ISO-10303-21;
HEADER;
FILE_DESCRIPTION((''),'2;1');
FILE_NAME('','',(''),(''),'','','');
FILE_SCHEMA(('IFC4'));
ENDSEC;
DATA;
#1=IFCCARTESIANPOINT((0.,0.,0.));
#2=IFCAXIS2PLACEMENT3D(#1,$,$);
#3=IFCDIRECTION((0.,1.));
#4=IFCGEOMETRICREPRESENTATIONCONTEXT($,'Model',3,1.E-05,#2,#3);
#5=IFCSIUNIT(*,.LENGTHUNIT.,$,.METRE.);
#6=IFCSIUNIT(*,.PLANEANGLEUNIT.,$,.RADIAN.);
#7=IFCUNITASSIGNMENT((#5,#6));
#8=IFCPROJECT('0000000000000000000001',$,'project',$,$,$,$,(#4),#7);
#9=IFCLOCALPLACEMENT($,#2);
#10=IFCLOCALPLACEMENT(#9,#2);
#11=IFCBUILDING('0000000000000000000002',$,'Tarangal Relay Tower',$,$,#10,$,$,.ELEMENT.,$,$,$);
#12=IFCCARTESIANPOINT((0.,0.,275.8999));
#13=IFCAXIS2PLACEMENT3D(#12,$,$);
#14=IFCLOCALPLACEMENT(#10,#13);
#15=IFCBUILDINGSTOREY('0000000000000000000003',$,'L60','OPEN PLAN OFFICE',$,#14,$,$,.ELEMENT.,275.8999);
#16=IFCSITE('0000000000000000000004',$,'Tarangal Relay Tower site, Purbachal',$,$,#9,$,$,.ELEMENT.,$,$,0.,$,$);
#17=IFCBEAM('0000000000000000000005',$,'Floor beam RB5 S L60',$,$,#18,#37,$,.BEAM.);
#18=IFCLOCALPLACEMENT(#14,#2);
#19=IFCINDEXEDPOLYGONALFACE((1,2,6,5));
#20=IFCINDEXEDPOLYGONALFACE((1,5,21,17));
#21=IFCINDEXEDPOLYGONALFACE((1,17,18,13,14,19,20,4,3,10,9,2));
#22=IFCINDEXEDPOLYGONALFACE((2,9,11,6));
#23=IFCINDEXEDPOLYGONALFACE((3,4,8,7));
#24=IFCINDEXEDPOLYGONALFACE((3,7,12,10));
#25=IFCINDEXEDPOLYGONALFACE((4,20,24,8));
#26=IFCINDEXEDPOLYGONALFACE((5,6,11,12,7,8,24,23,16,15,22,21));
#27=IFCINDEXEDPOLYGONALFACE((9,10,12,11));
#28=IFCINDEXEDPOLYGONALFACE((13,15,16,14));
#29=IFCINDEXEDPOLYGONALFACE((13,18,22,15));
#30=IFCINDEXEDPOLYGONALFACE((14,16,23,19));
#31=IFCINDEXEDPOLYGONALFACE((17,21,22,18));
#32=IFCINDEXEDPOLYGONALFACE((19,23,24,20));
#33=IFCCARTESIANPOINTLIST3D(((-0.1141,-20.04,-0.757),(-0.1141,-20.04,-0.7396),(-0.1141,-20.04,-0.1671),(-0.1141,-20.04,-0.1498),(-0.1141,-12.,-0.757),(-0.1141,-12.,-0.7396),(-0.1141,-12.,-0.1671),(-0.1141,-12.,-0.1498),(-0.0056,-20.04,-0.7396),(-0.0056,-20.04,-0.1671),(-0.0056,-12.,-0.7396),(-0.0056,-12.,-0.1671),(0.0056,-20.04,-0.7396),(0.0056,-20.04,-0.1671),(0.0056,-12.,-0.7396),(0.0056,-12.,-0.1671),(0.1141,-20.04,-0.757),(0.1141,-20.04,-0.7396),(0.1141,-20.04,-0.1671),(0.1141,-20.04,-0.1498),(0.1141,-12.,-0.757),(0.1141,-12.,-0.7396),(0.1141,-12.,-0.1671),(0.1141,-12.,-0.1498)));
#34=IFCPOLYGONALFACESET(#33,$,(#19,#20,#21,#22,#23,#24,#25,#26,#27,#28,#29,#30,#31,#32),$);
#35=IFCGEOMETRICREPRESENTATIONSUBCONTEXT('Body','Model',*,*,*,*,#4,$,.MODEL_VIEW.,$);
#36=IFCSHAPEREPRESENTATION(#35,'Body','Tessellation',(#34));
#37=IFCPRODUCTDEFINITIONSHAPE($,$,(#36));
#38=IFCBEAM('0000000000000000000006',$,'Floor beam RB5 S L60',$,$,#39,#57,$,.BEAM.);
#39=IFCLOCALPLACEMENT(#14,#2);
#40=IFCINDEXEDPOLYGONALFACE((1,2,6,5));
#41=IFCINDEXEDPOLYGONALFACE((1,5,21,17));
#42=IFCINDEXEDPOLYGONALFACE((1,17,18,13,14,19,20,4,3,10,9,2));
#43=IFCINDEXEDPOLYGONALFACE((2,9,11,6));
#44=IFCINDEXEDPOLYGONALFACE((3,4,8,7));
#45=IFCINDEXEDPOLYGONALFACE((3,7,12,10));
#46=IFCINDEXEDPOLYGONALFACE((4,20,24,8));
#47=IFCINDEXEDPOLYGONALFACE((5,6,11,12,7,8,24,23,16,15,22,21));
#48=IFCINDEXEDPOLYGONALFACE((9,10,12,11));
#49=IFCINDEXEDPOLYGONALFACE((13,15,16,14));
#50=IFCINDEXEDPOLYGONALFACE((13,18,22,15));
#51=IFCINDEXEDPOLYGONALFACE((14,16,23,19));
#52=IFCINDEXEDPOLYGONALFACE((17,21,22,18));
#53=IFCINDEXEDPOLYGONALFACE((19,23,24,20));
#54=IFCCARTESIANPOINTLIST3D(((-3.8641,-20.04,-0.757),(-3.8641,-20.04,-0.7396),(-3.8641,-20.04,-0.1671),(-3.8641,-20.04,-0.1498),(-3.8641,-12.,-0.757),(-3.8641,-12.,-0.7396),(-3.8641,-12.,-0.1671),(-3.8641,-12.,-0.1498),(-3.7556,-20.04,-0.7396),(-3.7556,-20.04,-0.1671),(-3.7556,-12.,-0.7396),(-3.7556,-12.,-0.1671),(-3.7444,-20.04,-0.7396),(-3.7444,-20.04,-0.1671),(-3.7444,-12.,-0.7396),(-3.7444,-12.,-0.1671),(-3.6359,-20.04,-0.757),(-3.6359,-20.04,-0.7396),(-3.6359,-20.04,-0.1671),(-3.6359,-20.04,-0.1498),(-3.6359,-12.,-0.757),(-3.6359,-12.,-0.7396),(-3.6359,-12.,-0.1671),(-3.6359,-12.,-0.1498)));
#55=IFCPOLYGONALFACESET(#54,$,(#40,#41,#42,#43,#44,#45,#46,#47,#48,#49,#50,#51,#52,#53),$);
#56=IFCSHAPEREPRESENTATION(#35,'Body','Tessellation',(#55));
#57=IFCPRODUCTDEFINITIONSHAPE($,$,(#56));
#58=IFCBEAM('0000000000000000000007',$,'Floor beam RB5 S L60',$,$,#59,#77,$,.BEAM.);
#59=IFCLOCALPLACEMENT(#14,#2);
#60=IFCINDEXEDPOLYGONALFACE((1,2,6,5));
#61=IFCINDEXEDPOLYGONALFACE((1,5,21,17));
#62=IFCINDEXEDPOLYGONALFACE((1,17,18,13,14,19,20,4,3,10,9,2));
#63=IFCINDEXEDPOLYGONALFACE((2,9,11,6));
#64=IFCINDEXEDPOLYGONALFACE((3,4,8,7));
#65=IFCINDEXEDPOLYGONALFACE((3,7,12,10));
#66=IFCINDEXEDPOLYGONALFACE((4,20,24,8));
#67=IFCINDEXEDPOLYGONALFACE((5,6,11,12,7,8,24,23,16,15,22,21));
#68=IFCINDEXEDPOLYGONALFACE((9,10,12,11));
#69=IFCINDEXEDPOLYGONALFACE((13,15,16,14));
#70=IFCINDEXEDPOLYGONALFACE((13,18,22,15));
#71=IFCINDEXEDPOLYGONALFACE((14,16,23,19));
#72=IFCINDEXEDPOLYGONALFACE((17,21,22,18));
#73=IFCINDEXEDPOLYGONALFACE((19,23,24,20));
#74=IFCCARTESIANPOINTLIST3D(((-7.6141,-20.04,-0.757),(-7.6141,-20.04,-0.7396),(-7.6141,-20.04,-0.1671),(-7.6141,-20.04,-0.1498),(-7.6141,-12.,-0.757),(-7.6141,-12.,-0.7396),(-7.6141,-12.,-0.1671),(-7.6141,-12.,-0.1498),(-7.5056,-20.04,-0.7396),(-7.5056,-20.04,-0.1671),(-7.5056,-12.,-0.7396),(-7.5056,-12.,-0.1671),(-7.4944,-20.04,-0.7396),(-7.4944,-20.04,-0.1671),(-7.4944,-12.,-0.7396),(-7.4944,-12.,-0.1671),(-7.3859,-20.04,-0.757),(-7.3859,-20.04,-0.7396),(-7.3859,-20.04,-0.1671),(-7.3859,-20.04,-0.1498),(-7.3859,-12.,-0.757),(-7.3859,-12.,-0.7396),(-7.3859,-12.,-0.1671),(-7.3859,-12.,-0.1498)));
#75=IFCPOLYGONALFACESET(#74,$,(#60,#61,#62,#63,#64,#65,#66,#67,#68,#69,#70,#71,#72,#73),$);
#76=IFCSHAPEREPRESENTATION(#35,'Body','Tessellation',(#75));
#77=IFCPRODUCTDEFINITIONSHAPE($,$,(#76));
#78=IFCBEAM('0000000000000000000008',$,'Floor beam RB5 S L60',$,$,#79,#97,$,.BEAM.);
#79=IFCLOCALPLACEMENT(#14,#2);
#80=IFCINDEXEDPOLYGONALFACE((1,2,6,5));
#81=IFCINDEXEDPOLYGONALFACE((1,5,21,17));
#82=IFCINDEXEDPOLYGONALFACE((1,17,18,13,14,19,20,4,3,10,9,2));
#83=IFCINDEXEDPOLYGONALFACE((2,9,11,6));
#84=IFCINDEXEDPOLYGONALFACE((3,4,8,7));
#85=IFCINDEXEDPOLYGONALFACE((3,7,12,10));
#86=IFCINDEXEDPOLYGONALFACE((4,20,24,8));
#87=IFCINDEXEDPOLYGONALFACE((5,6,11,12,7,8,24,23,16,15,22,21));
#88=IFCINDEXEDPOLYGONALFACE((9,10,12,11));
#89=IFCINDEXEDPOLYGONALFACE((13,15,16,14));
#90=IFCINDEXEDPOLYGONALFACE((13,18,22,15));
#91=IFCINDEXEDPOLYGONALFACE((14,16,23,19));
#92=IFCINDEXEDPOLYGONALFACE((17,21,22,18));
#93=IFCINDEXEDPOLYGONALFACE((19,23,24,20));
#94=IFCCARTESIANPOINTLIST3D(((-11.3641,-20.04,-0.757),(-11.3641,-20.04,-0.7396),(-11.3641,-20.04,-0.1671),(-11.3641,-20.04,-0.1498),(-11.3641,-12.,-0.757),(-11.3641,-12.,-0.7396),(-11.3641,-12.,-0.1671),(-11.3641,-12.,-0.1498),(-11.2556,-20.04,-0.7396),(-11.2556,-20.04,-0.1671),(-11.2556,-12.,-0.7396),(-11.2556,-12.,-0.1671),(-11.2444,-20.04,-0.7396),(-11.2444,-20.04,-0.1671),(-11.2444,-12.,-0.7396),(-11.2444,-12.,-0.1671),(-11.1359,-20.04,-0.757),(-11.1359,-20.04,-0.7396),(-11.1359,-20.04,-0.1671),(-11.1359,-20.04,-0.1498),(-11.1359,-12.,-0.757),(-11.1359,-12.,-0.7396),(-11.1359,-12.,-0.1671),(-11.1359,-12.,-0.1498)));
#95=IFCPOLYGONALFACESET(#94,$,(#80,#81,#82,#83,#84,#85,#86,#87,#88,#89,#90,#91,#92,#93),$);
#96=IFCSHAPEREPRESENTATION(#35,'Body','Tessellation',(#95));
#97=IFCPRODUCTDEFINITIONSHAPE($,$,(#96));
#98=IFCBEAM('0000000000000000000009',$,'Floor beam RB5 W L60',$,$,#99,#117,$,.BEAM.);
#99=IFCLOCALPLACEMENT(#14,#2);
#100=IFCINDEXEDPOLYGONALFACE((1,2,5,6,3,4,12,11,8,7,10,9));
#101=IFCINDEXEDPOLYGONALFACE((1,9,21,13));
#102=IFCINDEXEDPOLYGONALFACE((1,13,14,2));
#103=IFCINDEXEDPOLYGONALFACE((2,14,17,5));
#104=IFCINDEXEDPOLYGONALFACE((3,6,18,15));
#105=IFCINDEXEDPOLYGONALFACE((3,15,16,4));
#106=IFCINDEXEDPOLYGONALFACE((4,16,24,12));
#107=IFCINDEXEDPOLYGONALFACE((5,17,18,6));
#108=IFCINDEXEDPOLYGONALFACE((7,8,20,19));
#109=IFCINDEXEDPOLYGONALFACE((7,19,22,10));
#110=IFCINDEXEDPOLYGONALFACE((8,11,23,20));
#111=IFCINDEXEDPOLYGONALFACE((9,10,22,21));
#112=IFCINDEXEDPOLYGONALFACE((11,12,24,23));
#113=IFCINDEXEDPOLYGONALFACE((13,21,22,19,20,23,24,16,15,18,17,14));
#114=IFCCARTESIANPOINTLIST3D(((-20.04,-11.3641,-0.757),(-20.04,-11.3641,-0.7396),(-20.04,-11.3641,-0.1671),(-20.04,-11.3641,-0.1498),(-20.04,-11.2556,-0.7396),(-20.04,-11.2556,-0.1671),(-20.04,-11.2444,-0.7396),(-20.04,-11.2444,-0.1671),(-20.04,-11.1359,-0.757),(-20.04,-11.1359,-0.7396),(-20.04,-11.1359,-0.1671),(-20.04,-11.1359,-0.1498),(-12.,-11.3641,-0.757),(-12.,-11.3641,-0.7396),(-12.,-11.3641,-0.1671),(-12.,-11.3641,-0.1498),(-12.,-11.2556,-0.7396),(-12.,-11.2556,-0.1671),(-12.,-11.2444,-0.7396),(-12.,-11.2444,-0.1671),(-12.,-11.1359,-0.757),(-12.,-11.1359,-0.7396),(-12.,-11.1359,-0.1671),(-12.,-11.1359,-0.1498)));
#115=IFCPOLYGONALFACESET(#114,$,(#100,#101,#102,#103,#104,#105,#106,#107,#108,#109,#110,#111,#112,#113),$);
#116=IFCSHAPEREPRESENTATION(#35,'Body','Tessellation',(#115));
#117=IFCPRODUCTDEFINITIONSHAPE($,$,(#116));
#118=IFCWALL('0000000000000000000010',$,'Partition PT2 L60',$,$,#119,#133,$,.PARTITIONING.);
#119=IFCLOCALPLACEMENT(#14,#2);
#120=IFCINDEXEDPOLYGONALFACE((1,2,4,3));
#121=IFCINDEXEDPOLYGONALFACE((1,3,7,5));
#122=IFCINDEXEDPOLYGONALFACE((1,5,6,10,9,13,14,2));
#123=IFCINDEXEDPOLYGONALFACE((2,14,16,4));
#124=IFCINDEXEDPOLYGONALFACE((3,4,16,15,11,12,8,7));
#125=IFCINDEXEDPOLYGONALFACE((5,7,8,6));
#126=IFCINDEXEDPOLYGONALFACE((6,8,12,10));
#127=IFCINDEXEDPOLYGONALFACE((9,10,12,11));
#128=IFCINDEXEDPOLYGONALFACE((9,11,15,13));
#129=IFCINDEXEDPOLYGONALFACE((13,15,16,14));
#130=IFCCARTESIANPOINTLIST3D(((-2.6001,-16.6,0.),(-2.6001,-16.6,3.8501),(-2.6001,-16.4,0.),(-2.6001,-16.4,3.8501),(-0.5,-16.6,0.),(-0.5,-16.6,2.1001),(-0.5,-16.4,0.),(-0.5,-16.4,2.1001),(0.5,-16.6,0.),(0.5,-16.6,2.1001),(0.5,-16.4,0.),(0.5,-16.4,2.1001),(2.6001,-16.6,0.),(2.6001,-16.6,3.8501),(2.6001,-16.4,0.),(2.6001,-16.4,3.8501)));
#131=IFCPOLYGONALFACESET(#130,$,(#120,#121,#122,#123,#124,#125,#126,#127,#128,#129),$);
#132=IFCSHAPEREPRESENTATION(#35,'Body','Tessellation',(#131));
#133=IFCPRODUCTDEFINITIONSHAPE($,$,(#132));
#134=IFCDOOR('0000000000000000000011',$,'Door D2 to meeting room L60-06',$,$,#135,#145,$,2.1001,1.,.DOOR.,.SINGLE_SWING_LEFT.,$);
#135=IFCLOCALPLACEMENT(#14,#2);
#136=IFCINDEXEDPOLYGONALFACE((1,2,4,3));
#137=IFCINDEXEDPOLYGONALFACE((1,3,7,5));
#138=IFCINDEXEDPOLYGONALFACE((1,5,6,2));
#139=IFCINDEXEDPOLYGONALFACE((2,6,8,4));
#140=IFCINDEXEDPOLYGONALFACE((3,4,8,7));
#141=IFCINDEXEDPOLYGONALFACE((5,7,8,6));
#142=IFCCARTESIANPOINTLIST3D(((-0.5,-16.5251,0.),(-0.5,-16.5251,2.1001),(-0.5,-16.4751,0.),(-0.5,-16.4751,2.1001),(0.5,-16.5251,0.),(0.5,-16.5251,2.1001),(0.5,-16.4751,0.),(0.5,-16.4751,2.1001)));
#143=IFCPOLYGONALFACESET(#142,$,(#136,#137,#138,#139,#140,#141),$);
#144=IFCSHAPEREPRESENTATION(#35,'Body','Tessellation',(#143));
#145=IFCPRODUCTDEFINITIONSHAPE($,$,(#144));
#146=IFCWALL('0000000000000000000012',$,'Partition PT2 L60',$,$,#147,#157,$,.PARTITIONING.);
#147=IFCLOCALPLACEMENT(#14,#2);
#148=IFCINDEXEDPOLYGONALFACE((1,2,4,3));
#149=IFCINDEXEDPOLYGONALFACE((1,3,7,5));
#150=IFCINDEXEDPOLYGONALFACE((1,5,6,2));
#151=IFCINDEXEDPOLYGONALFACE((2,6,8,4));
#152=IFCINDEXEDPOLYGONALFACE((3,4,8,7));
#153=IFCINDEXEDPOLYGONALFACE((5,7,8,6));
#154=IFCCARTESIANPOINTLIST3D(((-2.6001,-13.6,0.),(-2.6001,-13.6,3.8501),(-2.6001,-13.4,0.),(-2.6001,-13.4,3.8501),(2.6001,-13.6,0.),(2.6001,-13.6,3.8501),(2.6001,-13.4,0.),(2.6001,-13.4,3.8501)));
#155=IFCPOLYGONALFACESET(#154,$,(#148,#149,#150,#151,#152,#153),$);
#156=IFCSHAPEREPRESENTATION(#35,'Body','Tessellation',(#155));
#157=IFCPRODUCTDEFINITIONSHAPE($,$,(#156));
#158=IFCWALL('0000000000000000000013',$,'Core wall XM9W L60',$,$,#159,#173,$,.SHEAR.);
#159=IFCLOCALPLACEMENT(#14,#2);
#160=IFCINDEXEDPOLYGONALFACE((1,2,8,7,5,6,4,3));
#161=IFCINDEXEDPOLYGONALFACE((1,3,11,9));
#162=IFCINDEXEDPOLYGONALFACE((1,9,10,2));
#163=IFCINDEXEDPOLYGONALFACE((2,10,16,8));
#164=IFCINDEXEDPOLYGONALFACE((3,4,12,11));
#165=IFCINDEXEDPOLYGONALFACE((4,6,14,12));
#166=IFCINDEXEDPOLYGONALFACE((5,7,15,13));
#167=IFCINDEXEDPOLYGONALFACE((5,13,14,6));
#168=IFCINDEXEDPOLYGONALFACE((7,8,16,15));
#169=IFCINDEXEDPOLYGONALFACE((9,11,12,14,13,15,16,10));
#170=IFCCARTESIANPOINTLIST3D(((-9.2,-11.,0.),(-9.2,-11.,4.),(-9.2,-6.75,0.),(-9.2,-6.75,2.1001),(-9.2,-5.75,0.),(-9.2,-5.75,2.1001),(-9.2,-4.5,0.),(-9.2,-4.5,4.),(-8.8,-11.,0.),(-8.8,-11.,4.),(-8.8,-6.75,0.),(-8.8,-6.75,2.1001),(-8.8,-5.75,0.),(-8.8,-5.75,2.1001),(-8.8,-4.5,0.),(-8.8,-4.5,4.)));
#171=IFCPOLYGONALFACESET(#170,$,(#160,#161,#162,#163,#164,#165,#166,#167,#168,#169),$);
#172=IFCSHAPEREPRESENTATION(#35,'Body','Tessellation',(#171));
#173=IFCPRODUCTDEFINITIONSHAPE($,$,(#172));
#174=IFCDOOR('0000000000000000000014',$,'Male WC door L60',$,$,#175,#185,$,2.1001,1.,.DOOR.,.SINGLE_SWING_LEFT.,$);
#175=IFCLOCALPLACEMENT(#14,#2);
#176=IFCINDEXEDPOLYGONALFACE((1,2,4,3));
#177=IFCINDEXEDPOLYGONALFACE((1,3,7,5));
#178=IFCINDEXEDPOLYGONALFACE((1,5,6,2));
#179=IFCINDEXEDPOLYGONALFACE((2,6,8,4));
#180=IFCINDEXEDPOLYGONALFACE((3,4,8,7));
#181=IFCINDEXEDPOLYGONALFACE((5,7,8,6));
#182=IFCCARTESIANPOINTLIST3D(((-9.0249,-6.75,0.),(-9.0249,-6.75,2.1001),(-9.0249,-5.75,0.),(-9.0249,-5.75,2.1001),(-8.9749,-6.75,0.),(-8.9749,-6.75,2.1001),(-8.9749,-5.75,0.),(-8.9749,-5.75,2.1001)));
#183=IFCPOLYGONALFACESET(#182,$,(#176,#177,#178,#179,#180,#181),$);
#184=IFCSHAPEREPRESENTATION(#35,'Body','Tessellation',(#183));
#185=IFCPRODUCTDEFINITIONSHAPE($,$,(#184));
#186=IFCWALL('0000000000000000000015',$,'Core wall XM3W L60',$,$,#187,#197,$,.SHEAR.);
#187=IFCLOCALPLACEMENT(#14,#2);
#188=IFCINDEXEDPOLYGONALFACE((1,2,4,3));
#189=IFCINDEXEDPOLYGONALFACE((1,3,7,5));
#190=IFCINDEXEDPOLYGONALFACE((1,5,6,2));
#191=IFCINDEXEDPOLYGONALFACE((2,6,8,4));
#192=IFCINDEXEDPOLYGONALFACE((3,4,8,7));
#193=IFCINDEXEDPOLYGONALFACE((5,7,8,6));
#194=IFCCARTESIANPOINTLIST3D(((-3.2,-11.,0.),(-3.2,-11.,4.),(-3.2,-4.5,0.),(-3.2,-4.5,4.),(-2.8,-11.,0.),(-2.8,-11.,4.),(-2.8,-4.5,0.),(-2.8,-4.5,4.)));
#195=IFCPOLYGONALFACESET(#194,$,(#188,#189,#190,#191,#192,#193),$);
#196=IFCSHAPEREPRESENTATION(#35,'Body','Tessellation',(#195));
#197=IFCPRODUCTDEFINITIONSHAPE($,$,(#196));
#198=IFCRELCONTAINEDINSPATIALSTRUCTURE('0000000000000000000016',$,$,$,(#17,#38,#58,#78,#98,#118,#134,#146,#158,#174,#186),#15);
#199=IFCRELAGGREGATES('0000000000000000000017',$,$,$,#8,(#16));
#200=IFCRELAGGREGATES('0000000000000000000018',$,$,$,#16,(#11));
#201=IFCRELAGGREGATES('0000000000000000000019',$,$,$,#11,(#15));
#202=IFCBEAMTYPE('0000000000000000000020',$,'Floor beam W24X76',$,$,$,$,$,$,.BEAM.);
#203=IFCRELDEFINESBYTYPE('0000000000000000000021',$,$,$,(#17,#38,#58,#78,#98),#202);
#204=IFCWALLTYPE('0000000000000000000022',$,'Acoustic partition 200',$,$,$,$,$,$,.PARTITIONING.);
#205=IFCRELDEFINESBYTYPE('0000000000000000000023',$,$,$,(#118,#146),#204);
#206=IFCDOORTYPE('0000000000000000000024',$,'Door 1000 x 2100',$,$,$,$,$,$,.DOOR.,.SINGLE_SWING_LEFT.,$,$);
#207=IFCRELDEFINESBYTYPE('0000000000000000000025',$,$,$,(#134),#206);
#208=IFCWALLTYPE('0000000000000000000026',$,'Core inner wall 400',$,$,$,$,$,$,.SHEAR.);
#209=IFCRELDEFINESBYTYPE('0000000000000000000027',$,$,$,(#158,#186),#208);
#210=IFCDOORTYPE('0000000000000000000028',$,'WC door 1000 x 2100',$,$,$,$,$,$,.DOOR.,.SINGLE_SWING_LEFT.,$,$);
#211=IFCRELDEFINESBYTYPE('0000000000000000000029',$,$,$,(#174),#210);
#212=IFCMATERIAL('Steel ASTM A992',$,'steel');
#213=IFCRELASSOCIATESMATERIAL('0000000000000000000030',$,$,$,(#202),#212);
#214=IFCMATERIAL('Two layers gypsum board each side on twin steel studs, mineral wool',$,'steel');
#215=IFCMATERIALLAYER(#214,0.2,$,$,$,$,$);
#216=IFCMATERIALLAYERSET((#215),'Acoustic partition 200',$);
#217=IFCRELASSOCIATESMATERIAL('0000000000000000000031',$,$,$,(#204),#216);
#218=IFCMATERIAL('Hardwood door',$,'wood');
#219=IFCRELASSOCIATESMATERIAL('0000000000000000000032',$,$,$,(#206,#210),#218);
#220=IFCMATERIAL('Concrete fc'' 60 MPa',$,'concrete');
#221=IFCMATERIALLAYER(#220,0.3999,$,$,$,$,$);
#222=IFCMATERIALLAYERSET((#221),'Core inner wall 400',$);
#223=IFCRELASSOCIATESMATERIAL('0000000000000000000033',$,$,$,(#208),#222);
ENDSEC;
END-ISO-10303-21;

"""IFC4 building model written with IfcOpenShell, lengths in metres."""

from ifc_helpers import new_model, si_unit, direction, frame, frame_2d, origin, origin_2d, place, context, subcontext, project, spatial, rectangle, i_section, extrude, material, layer, layer_set, material_profile, profile_set, type_object, element, fill, save


model = new_model("IFC4")

# Units and contexts
model_context = context("Model", 3, precision=1e-05, world=origin(), true_north=direction((0.0, 1.0)))
body_context = subcontext(model_context, "Body", "Model", "MODEL_VIEW")
ifc_project = project(units=[si_unit("LENGTHUNIT", "METRE"), si_unit("PLANEANGLEUNIT", "RADIAN")], contexts=[model_context])

# Site, building, storey
site_placement = place(None, origin())
site = spatial("IfcSite", under=ifc_project, at=site_placement, Name="Tarangal Relay Tower site, Purbachal", CompositionType="ELEMENT", RefElevation=0.0)
building_placement = place(site_placement, origin())
building = spatial("IfcBuilding", under=site, at=building_placement, Name="Tarangal Relay Tower", CompositionType="ELEMENT")
storey_placement = place(building_placement, frame((0.0, 0.0, 275.8999)))
storey = spatial("IfcBuildingStorey", under=building, at=storey_placement, Name="L60", Description="OPEN PLAN OFFICE", CompositionType="ELEMENT", Elevation=275.8999)

# Beams
ifc_material_1 = material(Name="Steel ASTM A992", Category="steel")
ifc_material_profile = material_profile(ifc_material_1, i_section(OverallWidth=0.2283, OverallDepth=0.6072, WebThickness=0.0112, FlangeThickness=0.0173, at=origin_2d()), Name="W24X76")
ifc_profile_set = profile_set([ifc_material_profile], Name="Steel ASTM A992")
beam_type = type_object("IfcBeamType", Name="Floor beam W24X76", PredefinedType="BEAM", material=ifc_profile_set)
for number, where, z_axis, x_axis, name in (
    (1, (0.0, -12.0, -0.4534), (0.0, -1.0, 0.0), (1.0, 0.0, 0.0), "Floor beam RB5 S L60"),
    (2, (-3.75, -12.0, -0.4534), (0.0, -1.0, 0.0), (1.0, 0.0, 0.0), "Floor beam RB5 S L60"),
    (3, (-7.5, -12.0, -0.4534), (0.0, -1.0, 0.0), (1.0, 0.0, 0.0), "Floor beam RB5 S L60"),
    (4, (-11.25, -12.0, -0.4534), (0.0, -1.0, 0.0), (1.0, 0.0, 0.0), "Floor beam RB5 S L60"),
    (5, (-12.0, -11.25, -0.4534), (-1.0, 0.0, 0.0), (0.0, -1.0, 0.0), "Floor beam RB5 W L60"),
):
    element("IfcBeam", number, at=place(storey_placement, frame(where, z_axis=z_axis, x_axis=x_axis)), inside=storey, type_object=beam_type, Name=name, PredefinedType="BEAM", context=body_context, shape_type="SweptSolid", body=[
        extrude(i_section(OverallWidth=0.2283, OverallDepth=0.6072, WebThickness=0.0112, FlangeThickness=0.0173, at=origin_2d()), origin(), (0.0, 0.0, 1.0), 8.04),
    ])

# Wall, opening, door
ifc_material_2 = material(Name="Two layers gypsum board each side on twin steel studs, mineral wool", Category="steel")
ifc_layer_1 = layer(ifc_material_2, 0.2)
ifc_layer_set_1 = layer_set([ifc_layer_1], Name="Acoustic partition 200")
wall_type_1 = type_object("IfcWallType", Name="Acoustic partition 200", PredefinedType="PARTITIONING", material=ifc_layer_set_1)
wall_1_placement = place(storey_placement, frame((-2.6001, -16.5, 0.0), z_axis=(0.0, 0.0, 1.0), x_axis=(1.0, 0.0, 0.0)))
wall_1 = element("IfcWall", 6, at=wall_1_placement, inside=storey, type_object=wall_type_1, Name="Partition PT2 L60", PredefinedType="PARTITIONING", context=body_context, shape_type="SweptSolid", body=[
    extrude(rectangle(XDim=5.2002, YDim=0.2, at=frame_2d((2.6001, 0.0))), origin(), (0.0, 0.0, 1.0), 3.8501),
])
opening_1_placement = place(wall_1_placement, frame((2.1001, 0.0, 0.0)))
opening_1 = element("IfcOpeningElement", 7, at=opening_1_placement, cuts=wall_1, PredefinedType="OPENING", context=body_context, shape_type="SweptSolid", body=[
    extrude(rectangle(XDim=1.0, YDim=2.1001, at=frame_2d((0.5, 1.05))), frame((0.0, 0.1099, 0.0), z_axis=(0.0, -1.0, 0.0), x_axis=(1.0, 0.0, 0.0)), (0.0, 0.0, 1.0), 0.22),
])
ifc_material_3 = material(Name="Hardwood door", Category="wood")
door_type_1 = type_object("IfcDoorType", Name="Door 1000 x 2100", OperationType="SINGLE_SWING_LEFT", PredefinedType="DOOR", material=ifc_material_3)
door_1_placement = place(opening_1_placement, origin())
door_1 = element("IfcDoor", 8, at=door_1_placement, inside=storey, type_object=door_type_1, Name="Door D2 to meeting room L60-06", OperationType="SINGLE_SWING_LEFT", OverallHeight=2.1001, OverallWidth=1.0, PredefinedType="DOOR", context=body_context, shape_type="SweptSolid", body=[
    extrude(rectangle(XDim=1.0, YDim=2.1001, at=frame_2d((0.5, 1.05))), frame((0.0, 0.0249, 0.0), z_axis=(0.0, -1.0, 0.0), x_axis=(1.0, 0.0, 0.0)), (0.0, 0.0, 1.0), 0.05),
])
fill(opening_1, door_1)

# Wall
wall_2_placement = place(storey_placement, frame((-2.6001, -13.5, 0.0), z_axis=(0.0, 0.0, 1.0), x_axis=(1.0, 0.0, 0.0)))
element("IfcWall", 9, at=wall_2_placement, inside=storey, type_object=wall_type_1, Name="Partition PT2 L60", PredefinedType="PARTITIONING", context=body_context, shape_type="SweptSolid", body=[
    extrude(rectangle(XDim=5.2002, YDim=0.2, at=frame_2d((2.6001, 0.0))), origin(), (0.0, 0.0, 1.0), 3.8501),
])

# Wall, opening, door
ifc_material_4 = material(Name="Concrete fc' 60 MPa", Category="concrete")
ifc_layer_2 = layer(ifc_material_4, 0.3999)
ifc_layer_set_2 = layer_set([ifc_layer_2], Name="Core inner wall 400")
wall_type_2 = type_object("IfcWallType", Name="Core inner wall 400", PredefinedType="SHEAR", material=ifc_layer_set_2)
wall_3_placement = place(storey_placement, frame((-9.0, -11.0, 0.0), z_axis=(0.0, 0.0, 1.0), x_axis=(0.0, 1.0, 0.0)))
wall_3 = element("IfcWall", 10, at=wall_3_placement, inside=storey, type_object=wall_type_2, Name="Core wall XM9W L60", PredefinedType="SHEAR", context=body_context, shape_type="SweptSolid", body=[
    extrude(rectangle(XDim=6.5, YDim=0.3999, at=frame_2d((3.25, 0.0))), origin(), (0.0, 0.0, 1.0), 4.0),
])
opening_2_placement = place(wall_3_placement, frame((4.25, 0.0, 0.0)))
opening_2 = element("IfcOpeningElement", 11, at=opening_2_placement, cuts=wall_3, PredefinedType="OPENING", context=body_context, shape_type="SweptSolid", body=[
    extrude(rectangle(XDim=1.0, YDim=2.1001, at=frame_2d((0.5, 1.05))), frame((0.0, 0.21, 0.0), z_axis=(0.0, -1.0, 0.0), x_axis=(1.0, 0.0, 0.0)), (0.0, 0.0, 1.0), 0.4199),
])
door_type_2 = type_object("IfcDoorType", Name="WC door 1000 x 2100", OperationType="SINGLE_SWING_LEFT", PredefinedType="DOOR", material=ifc_material_3)
door_2_placement = place(opening_2_placement, origin())
door_2 = element("IfcDoor", 12, at=door_2_placement, inside=storey, type_object=door_type_2, Name="Male WC door L60", OperationType="SINGLE_SWING_LEFT", OverallHeight=2.1001, OverallWidth=1.0, PredefinedType="DOOR", context=body_context, shape_type="SweptSolid", body=[
    extrude(rectangle(XDim=1.0, YDim=2.1001, at=frame_2d((0.5, 1.05))), frame((0.0, 0.0249, 0.0), z_axis=(0.0, -1.0, 0.0), x_axis=(1.0, 0.0, 0.0)), (0.0, 0.0, 1.0), 0.05),
])
fill(opening_2, door_2)

# Wall
wall_4_placement = place(storey_placement, frame((-3.0, -11.0, 0.0), z_axis=(0.0, 0.0, 1.0), x_axis=(0.0, 1.0, 0.0)))
element("IfcWall", 13, at=wall_4_placement, inside=storey, type_object=wall_type_2, Name="Core wall XM3W L60", PredefinedType="SHEAR", context=body_context, shape_type="SweptSolid", body=[
    extrude(rectangle(XDim=6.5, YDim=0.3999, at=frame_2d((3.25, 0.0))), origin(), (0.0, 0.0, 1.0), 4.0),
])

save(model, "model.ifc")
